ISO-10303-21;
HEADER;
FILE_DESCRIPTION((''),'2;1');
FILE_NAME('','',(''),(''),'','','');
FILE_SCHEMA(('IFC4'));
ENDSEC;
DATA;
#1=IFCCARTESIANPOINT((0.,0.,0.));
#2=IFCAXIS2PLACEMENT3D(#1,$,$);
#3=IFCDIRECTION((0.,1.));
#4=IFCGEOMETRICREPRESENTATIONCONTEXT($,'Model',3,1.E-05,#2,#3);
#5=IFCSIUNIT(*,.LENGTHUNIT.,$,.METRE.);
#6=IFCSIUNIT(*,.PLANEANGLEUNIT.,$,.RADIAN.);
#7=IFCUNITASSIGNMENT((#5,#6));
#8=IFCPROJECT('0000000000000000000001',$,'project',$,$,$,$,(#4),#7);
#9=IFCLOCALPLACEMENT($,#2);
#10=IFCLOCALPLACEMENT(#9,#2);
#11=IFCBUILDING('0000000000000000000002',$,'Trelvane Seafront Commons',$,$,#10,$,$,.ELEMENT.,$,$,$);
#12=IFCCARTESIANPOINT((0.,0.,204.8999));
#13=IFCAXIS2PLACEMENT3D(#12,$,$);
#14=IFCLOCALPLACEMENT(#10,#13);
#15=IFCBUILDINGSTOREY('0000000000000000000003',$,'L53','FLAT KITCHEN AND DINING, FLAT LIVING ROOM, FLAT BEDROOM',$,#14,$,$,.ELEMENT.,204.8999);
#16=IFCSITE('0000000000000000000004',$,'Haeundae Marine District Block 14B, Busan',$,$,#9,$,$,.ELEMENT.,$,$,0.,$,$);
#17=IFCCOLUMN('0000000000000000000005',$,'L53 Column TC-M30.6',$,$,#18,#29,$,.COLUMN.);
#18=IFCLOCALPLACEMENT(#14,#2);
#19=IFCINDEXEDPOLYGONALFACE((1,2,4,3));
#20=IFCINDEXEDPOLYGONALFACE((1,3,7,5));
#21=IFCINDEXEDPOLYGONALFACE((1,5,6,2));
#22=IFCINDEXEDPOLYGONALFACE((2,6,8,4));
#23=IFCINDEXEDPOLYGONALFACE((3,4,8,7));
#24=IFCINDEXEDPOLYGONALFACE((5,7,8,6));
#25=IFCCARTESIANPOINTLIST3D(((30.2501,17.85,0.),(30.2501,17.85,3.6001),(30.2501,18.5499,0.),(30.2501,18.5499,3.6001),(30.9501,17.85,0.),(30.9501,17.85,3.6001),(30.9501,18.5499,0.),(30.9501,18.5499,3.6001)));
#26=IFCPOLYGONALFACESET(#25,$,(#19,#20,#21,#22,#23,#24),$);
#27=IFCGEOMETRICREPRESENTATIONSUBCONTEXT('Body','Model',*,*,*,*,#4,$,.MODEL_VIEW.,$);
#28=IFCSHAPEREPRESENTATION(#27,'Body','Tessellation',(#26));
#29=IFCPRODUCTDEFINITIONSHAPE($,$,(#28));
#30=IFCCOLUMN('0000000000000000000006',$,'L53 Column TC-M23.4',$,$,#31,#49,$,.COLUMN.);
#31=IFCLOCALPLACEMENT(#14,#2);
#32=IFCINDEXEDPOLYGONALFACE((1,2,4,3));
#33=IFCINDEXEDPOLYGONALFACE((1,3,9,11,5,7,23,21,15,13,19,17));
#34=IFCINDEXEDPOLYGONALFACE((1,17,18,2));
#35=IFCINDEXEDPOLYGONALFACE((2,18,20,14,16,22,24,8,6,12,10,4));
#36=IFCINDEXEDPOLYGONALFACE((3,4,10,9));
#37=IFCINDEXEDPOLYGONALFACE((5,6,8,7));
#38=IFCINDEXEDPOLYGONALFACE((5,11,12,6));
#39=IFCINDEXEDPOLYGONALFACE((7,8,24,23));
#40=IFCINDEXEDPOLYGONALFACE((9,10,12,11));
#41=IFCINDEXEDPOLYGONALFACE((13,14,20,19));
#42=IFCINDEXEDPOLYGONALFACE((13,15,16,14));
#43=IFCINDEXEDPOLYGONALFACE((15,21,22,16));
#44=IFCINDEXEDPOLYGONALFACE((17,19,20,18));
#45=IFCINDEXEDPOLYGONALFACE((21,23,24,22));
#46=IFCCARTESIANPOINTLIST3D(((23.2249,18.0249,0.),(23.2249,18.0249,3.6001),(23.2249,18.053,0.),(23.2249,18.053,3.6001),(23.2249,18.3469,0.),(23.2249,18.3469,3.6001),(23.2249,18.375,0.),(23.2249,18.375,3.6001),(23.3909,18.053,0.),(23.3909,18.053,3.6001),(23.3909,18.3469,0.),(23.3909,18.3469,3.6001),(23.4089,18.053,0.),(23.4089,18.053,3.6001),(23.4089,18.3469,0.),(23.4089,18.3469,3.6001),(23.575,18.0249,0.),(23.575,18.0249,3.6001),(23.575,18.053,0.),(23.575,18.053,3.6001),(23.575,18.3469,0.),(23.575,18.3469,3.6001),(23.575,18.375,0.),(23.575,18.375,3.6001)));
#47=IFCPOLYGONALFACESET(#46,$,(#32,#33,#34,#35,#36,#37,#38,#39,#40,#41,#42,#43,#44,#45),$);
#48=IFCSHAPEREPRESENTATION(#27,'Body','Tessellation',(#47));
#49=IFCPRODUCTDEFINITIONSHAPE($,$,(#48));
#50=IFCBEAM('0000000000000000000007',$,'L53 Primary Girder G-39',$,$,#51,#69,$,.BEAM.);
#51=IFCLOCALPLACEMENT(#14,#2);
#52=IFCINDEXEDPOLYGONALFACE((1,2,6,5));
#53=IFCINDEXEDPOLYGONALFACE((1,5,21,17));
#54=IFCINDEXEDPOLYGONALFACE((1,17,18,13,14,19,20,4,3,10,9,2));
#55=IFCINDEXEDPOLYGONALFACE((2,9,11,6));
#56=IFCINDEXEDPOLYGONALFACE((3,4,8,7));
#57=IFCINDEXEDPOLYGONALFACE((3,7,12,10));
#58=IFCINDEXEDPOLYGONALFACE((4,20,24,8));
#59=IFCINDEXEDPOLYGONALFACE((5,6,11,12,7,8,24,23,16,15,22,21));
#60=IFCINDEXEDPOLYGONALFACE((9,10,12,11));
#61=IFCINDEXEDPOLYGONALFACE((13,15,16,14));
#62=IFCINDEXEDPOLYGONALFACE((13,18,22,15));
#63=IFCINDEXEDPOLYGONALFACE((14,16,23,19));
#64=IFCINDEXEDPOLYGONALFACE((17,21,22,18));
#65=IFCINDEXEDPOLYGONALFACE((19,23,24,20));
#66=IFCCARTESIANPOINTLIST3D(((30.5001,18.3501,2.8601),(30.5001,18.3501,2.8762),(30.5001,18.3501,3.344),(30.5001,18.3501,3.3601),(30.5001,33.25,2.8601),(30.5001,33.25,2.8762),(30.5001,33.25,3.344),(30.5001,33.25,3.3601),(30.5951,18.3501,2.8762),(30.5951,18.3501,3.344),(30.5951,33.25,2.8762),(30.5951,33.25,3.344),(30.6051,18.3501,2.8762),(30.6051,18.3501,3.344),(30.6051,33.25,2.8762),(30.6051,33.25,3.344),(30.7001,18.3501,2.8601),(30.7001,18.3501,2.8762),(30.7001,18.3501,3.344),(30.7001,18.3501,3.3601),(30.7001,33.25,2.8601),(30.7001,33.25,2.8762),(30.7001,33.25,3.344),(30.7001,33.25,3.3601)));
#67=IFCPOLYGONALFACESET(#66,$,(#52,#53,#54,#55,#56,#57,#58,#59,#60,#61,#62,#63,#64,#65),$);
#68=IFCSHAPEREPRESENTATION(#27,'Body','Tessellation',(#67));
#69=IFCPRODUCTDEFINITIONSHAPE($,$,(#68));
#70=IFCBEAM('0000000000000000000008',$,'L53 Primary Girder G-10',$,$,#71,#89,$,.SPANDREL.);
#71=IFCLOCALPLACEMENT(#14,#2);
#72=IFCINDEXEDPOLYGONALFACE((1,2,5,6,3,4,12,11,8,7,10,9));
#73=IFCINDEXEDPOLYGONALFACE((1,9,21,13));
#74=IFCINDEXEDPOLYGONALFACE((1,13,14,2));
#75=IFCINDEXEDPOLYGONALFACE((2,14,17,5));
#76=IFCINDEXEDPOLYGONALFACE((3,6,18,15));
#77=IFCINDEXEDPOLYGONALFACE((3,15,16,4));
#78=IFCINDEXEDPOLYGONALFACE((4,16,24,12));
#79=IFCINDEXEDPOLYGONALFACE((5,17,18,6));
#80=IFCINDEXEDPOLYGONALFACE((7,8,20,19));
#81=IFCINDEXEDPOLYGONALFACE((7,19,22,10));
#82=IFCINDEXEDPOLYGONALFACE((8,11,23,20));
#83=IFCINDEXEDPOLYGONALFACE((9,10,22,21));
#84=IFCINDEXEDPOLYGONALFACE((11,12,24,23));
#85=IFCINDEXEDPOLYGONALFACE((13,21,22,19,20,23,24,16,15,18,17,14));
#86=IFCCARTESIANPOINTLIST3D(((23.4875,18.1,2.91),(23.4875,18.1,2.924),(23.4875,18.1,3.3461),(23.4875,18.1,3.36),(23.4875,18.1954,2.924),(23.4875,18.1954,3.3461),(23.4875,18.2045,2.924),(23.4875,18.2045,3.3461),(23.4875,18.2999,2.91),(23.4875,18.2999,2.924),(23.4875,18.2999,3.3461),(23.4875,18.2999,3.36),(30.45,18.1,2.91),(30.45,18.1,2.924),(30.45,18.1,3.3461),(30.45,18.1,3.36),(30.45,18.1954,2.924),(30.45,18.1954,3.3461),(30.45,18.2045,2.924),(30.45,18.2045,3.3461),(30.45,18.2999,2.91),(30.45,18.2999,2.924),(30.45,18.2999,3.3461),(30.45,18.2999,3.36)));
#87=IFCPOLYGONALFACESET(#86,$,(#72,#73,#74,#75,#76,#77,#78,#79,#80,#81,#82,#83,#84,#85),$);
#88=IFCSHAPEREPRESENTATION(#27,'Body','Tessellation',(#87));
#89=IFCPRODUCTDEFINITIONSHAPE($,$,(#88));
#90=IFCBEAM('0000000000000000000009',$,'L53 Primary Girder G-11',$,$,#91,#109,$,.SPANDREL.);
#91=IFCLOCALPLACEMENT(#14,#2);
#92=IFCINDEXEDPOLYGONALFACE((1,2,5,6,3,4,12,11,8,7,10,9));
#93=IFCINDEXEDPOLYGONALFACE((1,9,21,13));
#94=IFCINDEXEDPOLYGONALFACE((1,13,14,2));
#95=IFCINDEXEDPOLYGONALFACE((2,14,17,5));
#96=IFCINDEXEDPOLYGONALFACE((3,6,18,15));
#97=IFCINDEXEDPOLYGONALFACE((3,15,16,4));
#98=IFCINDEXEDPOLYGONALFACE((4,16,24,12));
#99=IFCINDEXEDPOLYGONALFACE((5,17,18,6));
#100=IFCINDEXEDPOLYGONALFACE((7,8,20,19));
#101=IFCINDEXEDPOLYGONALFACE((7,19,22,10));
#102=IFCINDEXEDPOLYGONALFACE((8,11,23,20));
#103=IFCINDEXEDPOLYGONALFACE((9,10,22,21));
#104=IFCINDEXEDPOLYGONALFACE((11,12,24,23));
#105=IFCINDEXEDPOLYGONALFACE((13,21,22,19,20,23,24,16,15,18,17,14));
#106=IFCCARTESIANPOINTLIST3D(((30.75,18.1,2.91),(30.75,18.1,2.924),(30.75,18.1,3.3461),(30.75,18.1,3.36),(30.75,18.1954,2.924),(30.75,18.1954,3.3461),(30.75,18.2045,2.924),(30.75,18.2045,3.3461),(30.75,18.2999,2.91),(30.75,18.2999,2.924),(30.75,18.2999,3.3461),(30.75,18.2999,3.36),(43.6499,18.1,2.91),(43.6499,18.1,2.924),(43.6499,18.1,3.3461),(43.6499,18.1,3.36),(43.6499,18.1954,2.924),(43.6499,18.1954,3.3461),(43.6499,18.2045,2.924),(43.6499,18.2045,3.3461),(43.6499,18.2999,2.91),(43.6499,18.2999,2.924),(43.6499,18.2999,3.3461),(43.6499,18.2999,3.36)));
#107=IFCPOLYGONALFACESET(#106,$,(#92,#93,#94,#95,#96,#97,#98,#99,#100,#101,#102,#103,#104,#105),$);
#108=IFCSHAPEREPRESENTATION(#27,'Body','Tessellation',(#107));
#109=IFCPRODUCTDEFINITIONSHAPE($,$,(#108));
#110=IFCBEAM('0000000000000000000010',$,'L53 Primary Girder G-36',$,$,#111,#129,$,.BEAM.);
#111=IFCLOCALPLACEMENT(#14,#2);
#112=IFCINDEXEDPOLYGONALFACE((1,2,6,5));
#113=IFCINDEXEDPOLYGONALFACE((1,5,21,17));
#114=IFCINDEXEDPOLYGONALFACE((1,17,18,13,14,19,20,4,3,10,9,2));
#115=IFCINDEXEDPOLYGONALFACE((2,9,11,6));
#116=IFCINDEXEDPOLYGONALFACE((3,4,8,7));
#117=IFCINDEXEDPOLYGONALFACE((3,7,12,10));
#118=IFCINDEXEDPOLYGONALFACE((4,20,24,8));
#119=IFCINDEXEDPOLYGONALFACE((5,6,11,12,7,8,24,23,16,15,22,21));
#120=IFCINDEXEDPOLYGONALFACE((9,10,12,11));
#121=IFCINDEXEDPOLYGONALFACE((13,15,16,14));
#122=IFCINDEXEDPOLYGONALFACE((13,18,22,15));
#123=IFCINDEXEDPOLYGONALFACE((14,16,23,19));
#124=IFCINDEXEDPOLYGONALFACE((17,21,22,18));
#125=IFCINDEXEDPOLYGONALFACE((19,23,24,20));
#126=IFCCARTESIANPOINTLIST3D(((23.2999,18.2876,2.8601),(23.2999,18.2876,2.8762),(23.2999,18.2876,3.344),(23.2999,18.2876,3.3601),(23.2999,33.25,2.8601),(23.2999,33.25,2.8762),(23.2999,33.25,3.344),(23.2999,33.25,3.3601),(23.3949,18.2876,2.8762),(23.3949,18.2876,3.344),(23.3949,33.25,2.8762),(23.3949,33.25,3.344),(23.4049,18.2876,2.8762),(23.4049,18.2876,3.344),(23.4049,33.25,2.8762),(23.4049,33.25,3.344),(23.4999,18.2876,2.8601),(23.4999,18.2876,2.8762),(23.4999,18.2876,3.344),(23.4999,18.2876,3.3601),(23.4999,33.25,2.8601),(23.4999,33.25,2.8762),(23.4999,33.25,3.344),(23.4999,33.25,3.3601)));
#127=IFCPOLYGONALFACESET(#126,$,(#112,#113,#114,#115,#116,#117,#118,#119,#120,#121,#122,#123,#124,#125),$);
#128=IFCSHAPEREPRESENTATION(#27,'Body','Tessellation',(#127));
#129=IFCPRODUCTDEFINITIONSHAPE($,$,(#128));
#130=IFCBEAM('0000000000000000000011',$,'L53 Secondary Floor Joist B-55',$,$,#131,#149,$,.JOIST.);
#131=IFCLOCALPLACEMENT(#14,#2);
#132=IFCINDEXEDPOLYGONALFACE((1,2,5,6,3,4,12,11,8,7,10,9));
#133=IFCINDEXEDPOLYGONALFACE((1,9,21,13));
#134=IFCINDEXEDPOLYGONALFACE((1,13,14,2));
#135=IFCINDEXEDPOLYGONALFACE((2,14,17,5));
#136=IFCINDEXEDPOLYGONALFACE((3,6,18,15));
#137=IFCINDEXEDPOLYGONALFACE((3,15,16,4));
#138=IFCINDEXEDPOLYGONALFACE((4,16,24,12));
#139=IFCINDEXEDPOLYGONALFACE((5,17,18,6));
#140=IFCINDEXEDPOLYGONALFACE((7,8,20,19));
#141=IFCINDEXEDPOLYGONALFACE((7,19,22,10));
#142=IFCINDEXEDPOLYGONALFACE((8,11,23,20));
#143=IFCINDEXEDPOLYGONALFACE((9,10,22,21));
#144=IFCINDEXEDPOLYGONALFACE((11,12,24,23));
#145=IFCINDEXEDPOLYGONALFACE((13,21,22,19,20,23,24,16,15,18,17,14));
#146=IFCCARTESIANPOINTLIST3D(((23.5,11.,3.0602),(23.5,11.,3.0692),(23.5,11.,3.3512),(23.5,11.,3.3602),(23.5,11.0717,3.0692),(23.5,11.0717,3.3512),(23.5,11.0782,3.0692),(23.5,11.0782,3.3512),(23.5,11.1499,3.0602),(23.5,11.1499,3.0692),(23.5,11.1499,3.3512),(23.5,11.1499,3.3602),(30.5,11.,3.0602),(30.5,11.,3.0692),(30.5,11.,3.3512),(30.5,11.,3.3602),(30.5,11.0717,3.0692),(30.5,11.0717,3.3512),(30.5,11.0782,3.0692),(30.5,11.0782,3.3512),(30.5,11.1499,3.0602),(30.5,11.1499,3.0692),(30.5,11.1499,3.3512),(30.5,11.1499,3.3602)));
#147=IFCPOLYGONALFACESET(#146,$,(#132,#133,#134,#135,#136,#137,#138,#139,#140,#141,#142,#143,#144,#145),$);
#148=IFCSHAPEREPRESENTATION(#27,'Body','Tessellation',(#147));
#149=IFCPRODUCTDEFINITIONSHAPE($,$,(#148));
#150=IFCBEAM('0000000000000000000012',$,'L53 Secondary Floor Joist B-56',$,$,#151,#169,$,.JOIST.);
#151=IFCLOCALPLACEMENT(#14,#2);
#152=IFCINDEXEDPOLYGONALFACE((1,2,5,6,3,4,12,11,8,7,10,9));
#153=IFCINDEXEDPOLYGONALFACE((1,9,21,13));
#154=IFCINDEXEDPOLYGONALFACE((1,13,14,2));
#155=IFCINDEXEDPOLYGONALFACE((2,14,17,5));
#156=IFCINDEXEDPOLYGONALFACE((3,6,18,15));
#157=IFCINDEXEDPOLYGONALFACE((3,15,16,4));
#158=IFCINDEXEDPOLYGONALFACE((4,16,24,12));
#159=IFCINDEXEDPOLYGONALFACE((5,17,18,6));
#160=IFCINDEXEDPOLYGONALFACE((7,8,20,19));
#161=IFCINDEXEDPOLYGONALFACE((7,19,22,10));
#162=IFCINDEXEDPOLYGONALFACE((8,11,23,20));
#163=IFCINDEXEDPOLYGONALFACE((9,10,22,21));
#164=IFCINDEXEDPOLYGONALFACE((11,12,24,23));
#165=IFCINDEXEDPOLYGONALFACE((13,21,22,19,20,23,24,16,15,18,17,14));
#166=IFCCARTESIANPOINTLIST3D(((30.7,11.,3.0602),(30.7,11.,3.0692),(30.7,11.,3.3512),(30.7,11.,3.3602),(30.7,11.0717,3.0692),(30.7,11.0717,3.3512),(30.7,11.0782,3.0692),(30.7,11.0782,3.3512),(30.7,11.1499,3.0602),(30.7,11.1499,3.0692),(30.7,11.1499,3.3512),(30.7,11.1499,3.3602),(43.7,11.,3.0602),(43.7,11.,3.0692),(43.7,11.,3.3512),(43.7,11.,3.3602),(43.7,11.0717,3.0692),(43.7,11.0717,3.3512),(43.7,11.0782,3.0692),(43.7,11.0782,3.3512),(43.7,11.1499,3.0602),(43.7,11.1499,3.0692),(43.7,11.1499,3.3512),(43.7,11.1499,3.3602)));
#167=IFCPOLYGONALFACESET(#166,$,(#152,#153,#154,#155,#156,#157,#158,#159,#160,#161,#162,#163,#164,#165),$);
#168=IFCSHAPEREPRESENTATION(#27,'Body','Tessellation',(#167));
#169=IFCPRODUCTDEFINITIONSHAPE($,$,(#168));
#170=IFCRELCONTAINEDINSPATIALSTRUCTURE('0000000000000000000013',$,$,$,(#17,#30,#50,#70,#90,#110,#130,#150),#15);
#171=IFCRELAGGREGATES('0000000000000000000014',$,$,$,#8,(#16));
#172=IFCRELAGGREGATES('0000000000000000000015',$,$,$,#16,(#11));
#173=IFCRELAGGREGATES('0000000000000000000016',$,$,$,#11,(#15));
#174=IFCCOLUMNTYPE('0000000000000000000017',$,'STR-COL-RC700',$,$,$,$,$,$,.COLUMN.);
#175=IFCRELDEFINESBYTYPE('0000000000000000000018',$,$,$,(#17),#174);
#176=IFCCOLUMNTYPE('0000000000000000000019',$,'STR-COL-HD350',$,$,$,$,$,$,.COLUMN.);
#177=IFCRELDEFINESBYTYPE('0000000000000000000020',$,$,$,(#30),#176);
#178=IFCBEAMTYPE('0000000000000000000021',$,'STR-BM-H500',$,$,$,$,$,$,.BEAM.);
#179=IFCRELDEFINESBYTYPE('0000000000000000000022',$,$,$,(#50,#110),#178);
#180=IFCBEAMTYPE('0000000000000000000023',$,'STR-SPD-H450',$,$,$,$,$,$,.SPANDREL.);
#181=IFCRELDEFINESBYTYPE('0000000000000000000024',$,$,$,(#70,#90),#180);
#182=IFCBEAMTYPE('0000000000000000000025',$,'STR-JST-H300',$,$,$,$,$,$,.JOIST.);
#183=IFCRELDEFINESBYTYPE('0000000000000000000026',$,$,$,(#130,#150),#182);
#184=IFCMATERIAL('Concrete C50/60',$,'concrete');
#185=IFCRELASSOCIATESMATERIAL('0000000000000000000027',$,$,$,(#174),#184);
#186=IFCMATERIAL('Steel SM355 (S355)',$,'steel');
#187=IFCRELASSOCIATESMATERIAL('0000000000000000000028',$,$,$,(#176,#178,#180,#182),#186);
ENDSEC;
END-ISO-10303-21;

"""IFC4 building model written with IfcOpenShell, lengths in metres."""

from ifc_helpers import new_model, si_unit, direction, frame, origin, origin_2d, place, context, subcontext, project, spatial, rectangle, i_section, extrude, source, transform, mapped, material, material_profile, profile_set, type_object, element, save


model = new_model("IFC4")

# Units and contexts
model_context = context("Model", 3, precision=1e-05, world=origin(), true_north=direction((0.0, 1.0)))
body_context = subcontext(model_context, "Body", "Model", "MODEL_VIEW")
ifc_project = project(units=[si_unit("LENGTHUNIT", "METRE"), si_unit("PLANEANGLEUNIT", "RADIAN")], contexts=[model_context])

# Site, building, storey
site_placement = place(None, origin())
site = spatial("IfcSite", under=ifc_project, at=site_placement, Name="Haeundae Marine District Block 14B, Busan", CompositionType="ELEMENT", RefElevation=0.0)
building_placement = place(site_placement, origin())
building = spatial("IfcBuilding", under=site, at=building_placement, Name="Trelvane Seafront Commons", CompositionType="ELEMENT")
storey_placement = place(building_placement, frame((0.0, 0.0, 204.8999)))
storey = spatial("IfcBuildingStorey", under=building, at=storey_placement, Name="L53", Description="FLAT KITCHEN AND DINING, FLAT LIVING ROOM, FLAT BEDROOM", CompositionType="ELEMENT", Elevation=204.8999)

# Columns
ifc_material_1 = material(Name="Concrete C50/60", Category="concrete")
ifc_material_profile_1 = material_profile(ifc_material_1, rectangle(XDim=0.7, YDim=0.7, at=origin_2d()), Name="RC-700x700")
ifc_profile_set_1 = profile_set([ifc_material_profile_1], Name="Concrete C50/60")
column_type_1 = type_object("IfcColumnType", Name="STR-COL-RC700", PredefinedType="COLUMN", material=ifc_profile_set_1)
shared_shape_1 = source(origin(), body_context, "Body", "SweptSolid", [
    extrude(rectangle(XDim=0.7, YDim=0.7, at=origin_2d()), origin(), (0.0, 0.0, 1.0), 3.6001),
])
column_1_placement = place(storey_placement, frame((30.6001, 18.2, 0.0), z_axis=(0.0, 0.0, 1.0), x_axis=(1.0, 0.0, 0.0)))
element("IfcColumn", 1, at=column_1_placement, inside=storey, type_object=column_type_1, Name="L53 Column TC-M30.6", PredefinedType="COLUMN", context=body_context, shape_type="MappedRepresentation", body=[
    mapped(shared_shape_1, transform((0.0, 0.0, 0.0), x_axis=(1.0, 0.0, 0.0), y_axis=(0.0, 1.0, 0.0), z_axis=(0.0, 0.0, 1.0), scale=1.0)),
])
ifc_material_2 = material(Name="Steel SM355 (S355)", Category="steel")
ifc_material_profile_2 = material_profile(ifc_material_2, i_section(OverallWidth=0.3501, OverallDepth=0.3501, WebThickness=0.0181, FlangeThickness=0.0281, at=origin_2d()), Name="HD-350x350x18x28")
ifc_profile_set_2 = profile_set([ifc_material_profile_2], Name="Steel SM355 (S355)")
column_type_2 = type_object("IfcColumnType", Name="STR-COL-HD350", PredefinedType="COLUMN", material=ifc_profile_set_2)
shared_shape_2 = source(origin(), body_context, "Body", "SweptSolid", [
    extrude(i_section(OverallWidth=0.3501, OverallDepth=0.3501, WebThickness=0.0181, FlangeThickness=0.0281, at=origin_2d()), origin(), (0.0, 0.0, 1.0), 3.6001),
])
column_2_placement = place(storey_placement, frame((23.3999, 18.2, 0.0), z_axis=(0.0, 0.0, 1.0), x_axis=(1.0, 0.0, 0.0)))
element("IfcColumn", 2, at=column_2_placement, inside=storey, type_object=column_type_2, Name="L53 Column TC-M23.4", PredefinedType="COLUMN", context=body_context, shape_type="MappedRepresentation", body=[
    mapped(shared_shape_2, transform((0.0, 0.0, 0.0), x_axis=(1.0, 0.0, 0.0), y_axis=(0.0, 1.0, 0.0), z_axis=(0.0, 0.0, 1.0), scale=1.0)),
])

# Beams
ifc_material_profile_3 = material_profile(ifc_material_2, i_section(OverallWidth=0.2, OverallDepth=0.5, WebThickness=0.01, FlangeThickness=0.0161, at=origin_2d()), Name="H-500x200x10x16")
ifc_profile_set_3 = profile_set([ifc_material_profile_3], Name="Steel SM355 (S355)")
beam_type_1 = type_object("IfcBeamType", Name="STR-BM-H500", PredefinedType="BEAM", material=ifc_profile_set_3)
shared_shape_3 = source(origin(), body_context, "Body", "SweptSolid", [
    extrude(i_section(OverallWidth=0.2, OverallDepth=0.5, WebThickness=0.01, FlangeThickness=0.0161, at=origin_2d()), origin(), (0.0, 0.0, 1.0), 14.8999),
])
beam_1_placement = place(storey_placement, frame((30.6001, 18.3501, 3.1101), z_axis=(0.0, 1.0, 0.0), x_axis=(-1.0, 0.0, 0.0)))
element("IfcBeam", 3, at=beam_1_placement, inside=storey, type_object=beam_type_1, Name="L53 Primary Girder G-39", PredefinedType="BEAM", context=body_context, shape_type="MappedRepresentation", body=[
    mapped(shared_shape_3, transform((0.0, 0.0, 0.0), x_axis=(1.0, 0.0, 0.0), y_axis=(0.0, 1.0, 0.0), z_axis=(0.0, 0.0, 1.0), scale=1.0)),
])
ifc_material_profile_4 = material_profile(ifc_material_2, i_section(OverallWidth=0.2, OverallDepth=0.45, WebThickness=0.009, FlangeThickness=0.0139, at=origin_2d()), Name="H-450x200x9x14")
ifc_profile_set_4 = profile_set([ifc_material_profile_4], Name="Steel SM355 (S355)")
beam_type_2 = type_object("IfcBeamType", Name="STR-SPD-H450", PredefinedType="SPANDREL", material=ifc_profile_set_4)
shared_shape_4 = source(origin(), body_context, "Body", "SweptSolid", [
    extrude(i_section(OverallWidth=0.2, OverallDepth=0.45, WebThickness=0.009, FlangeThickness=0.0139, at=origin_2d()), origin(), (0.0, 0.0, 1.0), 6.9624),
])
beam_2_placement = place(storey_placement, frame((23.4875, 18.2, 3.135), z_axis=(1.0, 0.0, 0.0), x_axis=(0.0, 1.0, 0.0)))
element("IfcBeam", 4, at=beam_2_placement, inside=storey, type_object=beam_type_2, Name="L53 Primary Girder G-10", PredefinedType="SPANDREL", context=body_context, shape_type="MappedRepresentation", body=[
    mapped(shared_shape_4, transform((0.0, 0.0, 0.0), x_axis=(1.0, 0.0, 0.0), y_axis=(0.0, 1.0, 0.0), z_axis=(0.0, 0.0, 1.0), scale=1.0)),
])
shared_shape_5 = source(origin(), body_context, "Body", "SweptSolid", [
    extrude(i_section(OverallWidth=0.2, OverallDepth=0.45, WebThickness=0.009, FlangeThickness=0.0139, at=origin_2d()), origin(), (0.0, 0.0, 1.0), 12.8999),
])
beam_3_placement = place(storey_placement, frame((30.75, 18.2, 3.135), z_axis=(1.0, 0.0, 0.0), x_axis=(0.0, 1.0, 0.0)))
element("IfcBeam", 5, at=beam_3_placement, inside=storey, type_object=beam_type_2, Name="L53 Primary Girder G-11", PredefinedType="SPANDREL", context=body_context, shape_type="MappedRepresentation", body=[
    mapped(shared_shape_5, transform((0.0, 0.0, 0.0), x_axis=(1.0, 0.0, 0.0), y_axis=(0.0, 1.0, 0.0), z_axis=(0.0, 0.0, 1.0), scale=1.0)),
])
shared_shape_6 = source(origin(), body_context, "Body", "SweptSolid", [
    extrude(i_section(OverallWidth=0.2, OverallDepth=0.5, WebThickness=0.01, FlangeThickness=0.0161, at=origin_2d()), origin(), (0.0, 0.0, 1.0), 14.9624),
])
beam_4_placement = place(storey_placement, frame((23.3999, 18.2876, 3.1101), z_axis=(0.0, 1.0, 0.0), x_axis=(-1.0, 0.0, 0.0)))
element("IfcBeam", 6, at=beam_4_placement, inside=storey, type_object=beam_type_1, Name="L53 Primary Girder G-36", PredefinedType="BEAM", context=body_context, shape_type="MappedRepresentation", body=[
    mapped(shared_shape_6, transform((0.0, 0.0, 0.0), x_axis=(1.0, 0.0, 0.0), y_axis=(0.0, 1.0, 0.0), z_axis=(0.0, 0.0, 1.0), scale=1.0)),
])
ifc_material_profile_5 = material_profile(ifc_material_2, i_section(OverallWidth=0.1499, OverallDepth=0.3, WebThickness=0.0066, FlangeThickness=0.009, at=origin_2d()), Name="H-300x150x6.5x9")
ifc_profile_set_5 = profile_set([ifc_material_profile_5], Name="Steel SM355 (S355)")
beam_type_3 = type_object("IfcBeamType", Name="STR-JST-H300", PredefinedType="JOIST", material=ifc_profile_set_5)
shared_shape_7 = source(origin(), body_context, "Body", "SweptSolid", [
    extrude(i_section(OverallWidth=0.1499, OverallDepth=0.3, WebThickness=0.0066, FlangeThickness=0.009, at=origin_2d()), origin(), (0.0, 0.0, 1.0), 7.0),
])
beam_5_placement = place(storey_placement, frame((23.5, 11.075, 3.2102), z_axis=(1.0, 0.0, 0.0), x_axis=(0.0, 1.0, 0.0)))
element("IfcBeam", 7, at=beam_5_placement, inside=storey, type_object=beam_type_3, Name="L53 Secondary Floor Joist B-55", PredefinedType="JOIST", context=body_context, shape_type="MappedRepresentation", body=[
    mapped(shared_shape_7, transform((0.0, 0.0, 0.0), x_axis=(1.0, 0.0, 0.0), y_axis=(0.0, 1.0, 0.0), z_axis=(0.0, 0.0, 1.0), scale=1.0)),
])
shared_shape_8 = source(origin(), body_context, "Body", "SweptSolid", [
    extrude(i_section(OverallWidth=0.1499, OverallDepth=0.3, WebThickness=0.0066, FlangeThickness=0.009, at=origin_2d()), origin(), (0.0, 0.0, 1.0), 13.0),
])
beam_6_placement = place(storey_placement, frame((30.7, 11.075, 3.2102), z_axis=(1.0, 0.0, 0.0), x_axis=(0.0, 1.0, 0.0)))
element("IfcBeam", 8, at=beam_6_placement, inside=storey, type_object=beam_type_3, Name="L53 Secondary Floor Joist B-56", PredefinedType="JOIST", context=body_context, shape_type="MappedRepresentation", body=[
    mapped(shared_shape_8, transform((0.0, 0.0, 0.0), x_axis=(1.0, 0.0, 0.0), y_axis=(0.0, 1.0, 0.0), z_axis=(0.0, 0.0, 1.0), scale=1.0)),
])

save(model, "model.ifc")
